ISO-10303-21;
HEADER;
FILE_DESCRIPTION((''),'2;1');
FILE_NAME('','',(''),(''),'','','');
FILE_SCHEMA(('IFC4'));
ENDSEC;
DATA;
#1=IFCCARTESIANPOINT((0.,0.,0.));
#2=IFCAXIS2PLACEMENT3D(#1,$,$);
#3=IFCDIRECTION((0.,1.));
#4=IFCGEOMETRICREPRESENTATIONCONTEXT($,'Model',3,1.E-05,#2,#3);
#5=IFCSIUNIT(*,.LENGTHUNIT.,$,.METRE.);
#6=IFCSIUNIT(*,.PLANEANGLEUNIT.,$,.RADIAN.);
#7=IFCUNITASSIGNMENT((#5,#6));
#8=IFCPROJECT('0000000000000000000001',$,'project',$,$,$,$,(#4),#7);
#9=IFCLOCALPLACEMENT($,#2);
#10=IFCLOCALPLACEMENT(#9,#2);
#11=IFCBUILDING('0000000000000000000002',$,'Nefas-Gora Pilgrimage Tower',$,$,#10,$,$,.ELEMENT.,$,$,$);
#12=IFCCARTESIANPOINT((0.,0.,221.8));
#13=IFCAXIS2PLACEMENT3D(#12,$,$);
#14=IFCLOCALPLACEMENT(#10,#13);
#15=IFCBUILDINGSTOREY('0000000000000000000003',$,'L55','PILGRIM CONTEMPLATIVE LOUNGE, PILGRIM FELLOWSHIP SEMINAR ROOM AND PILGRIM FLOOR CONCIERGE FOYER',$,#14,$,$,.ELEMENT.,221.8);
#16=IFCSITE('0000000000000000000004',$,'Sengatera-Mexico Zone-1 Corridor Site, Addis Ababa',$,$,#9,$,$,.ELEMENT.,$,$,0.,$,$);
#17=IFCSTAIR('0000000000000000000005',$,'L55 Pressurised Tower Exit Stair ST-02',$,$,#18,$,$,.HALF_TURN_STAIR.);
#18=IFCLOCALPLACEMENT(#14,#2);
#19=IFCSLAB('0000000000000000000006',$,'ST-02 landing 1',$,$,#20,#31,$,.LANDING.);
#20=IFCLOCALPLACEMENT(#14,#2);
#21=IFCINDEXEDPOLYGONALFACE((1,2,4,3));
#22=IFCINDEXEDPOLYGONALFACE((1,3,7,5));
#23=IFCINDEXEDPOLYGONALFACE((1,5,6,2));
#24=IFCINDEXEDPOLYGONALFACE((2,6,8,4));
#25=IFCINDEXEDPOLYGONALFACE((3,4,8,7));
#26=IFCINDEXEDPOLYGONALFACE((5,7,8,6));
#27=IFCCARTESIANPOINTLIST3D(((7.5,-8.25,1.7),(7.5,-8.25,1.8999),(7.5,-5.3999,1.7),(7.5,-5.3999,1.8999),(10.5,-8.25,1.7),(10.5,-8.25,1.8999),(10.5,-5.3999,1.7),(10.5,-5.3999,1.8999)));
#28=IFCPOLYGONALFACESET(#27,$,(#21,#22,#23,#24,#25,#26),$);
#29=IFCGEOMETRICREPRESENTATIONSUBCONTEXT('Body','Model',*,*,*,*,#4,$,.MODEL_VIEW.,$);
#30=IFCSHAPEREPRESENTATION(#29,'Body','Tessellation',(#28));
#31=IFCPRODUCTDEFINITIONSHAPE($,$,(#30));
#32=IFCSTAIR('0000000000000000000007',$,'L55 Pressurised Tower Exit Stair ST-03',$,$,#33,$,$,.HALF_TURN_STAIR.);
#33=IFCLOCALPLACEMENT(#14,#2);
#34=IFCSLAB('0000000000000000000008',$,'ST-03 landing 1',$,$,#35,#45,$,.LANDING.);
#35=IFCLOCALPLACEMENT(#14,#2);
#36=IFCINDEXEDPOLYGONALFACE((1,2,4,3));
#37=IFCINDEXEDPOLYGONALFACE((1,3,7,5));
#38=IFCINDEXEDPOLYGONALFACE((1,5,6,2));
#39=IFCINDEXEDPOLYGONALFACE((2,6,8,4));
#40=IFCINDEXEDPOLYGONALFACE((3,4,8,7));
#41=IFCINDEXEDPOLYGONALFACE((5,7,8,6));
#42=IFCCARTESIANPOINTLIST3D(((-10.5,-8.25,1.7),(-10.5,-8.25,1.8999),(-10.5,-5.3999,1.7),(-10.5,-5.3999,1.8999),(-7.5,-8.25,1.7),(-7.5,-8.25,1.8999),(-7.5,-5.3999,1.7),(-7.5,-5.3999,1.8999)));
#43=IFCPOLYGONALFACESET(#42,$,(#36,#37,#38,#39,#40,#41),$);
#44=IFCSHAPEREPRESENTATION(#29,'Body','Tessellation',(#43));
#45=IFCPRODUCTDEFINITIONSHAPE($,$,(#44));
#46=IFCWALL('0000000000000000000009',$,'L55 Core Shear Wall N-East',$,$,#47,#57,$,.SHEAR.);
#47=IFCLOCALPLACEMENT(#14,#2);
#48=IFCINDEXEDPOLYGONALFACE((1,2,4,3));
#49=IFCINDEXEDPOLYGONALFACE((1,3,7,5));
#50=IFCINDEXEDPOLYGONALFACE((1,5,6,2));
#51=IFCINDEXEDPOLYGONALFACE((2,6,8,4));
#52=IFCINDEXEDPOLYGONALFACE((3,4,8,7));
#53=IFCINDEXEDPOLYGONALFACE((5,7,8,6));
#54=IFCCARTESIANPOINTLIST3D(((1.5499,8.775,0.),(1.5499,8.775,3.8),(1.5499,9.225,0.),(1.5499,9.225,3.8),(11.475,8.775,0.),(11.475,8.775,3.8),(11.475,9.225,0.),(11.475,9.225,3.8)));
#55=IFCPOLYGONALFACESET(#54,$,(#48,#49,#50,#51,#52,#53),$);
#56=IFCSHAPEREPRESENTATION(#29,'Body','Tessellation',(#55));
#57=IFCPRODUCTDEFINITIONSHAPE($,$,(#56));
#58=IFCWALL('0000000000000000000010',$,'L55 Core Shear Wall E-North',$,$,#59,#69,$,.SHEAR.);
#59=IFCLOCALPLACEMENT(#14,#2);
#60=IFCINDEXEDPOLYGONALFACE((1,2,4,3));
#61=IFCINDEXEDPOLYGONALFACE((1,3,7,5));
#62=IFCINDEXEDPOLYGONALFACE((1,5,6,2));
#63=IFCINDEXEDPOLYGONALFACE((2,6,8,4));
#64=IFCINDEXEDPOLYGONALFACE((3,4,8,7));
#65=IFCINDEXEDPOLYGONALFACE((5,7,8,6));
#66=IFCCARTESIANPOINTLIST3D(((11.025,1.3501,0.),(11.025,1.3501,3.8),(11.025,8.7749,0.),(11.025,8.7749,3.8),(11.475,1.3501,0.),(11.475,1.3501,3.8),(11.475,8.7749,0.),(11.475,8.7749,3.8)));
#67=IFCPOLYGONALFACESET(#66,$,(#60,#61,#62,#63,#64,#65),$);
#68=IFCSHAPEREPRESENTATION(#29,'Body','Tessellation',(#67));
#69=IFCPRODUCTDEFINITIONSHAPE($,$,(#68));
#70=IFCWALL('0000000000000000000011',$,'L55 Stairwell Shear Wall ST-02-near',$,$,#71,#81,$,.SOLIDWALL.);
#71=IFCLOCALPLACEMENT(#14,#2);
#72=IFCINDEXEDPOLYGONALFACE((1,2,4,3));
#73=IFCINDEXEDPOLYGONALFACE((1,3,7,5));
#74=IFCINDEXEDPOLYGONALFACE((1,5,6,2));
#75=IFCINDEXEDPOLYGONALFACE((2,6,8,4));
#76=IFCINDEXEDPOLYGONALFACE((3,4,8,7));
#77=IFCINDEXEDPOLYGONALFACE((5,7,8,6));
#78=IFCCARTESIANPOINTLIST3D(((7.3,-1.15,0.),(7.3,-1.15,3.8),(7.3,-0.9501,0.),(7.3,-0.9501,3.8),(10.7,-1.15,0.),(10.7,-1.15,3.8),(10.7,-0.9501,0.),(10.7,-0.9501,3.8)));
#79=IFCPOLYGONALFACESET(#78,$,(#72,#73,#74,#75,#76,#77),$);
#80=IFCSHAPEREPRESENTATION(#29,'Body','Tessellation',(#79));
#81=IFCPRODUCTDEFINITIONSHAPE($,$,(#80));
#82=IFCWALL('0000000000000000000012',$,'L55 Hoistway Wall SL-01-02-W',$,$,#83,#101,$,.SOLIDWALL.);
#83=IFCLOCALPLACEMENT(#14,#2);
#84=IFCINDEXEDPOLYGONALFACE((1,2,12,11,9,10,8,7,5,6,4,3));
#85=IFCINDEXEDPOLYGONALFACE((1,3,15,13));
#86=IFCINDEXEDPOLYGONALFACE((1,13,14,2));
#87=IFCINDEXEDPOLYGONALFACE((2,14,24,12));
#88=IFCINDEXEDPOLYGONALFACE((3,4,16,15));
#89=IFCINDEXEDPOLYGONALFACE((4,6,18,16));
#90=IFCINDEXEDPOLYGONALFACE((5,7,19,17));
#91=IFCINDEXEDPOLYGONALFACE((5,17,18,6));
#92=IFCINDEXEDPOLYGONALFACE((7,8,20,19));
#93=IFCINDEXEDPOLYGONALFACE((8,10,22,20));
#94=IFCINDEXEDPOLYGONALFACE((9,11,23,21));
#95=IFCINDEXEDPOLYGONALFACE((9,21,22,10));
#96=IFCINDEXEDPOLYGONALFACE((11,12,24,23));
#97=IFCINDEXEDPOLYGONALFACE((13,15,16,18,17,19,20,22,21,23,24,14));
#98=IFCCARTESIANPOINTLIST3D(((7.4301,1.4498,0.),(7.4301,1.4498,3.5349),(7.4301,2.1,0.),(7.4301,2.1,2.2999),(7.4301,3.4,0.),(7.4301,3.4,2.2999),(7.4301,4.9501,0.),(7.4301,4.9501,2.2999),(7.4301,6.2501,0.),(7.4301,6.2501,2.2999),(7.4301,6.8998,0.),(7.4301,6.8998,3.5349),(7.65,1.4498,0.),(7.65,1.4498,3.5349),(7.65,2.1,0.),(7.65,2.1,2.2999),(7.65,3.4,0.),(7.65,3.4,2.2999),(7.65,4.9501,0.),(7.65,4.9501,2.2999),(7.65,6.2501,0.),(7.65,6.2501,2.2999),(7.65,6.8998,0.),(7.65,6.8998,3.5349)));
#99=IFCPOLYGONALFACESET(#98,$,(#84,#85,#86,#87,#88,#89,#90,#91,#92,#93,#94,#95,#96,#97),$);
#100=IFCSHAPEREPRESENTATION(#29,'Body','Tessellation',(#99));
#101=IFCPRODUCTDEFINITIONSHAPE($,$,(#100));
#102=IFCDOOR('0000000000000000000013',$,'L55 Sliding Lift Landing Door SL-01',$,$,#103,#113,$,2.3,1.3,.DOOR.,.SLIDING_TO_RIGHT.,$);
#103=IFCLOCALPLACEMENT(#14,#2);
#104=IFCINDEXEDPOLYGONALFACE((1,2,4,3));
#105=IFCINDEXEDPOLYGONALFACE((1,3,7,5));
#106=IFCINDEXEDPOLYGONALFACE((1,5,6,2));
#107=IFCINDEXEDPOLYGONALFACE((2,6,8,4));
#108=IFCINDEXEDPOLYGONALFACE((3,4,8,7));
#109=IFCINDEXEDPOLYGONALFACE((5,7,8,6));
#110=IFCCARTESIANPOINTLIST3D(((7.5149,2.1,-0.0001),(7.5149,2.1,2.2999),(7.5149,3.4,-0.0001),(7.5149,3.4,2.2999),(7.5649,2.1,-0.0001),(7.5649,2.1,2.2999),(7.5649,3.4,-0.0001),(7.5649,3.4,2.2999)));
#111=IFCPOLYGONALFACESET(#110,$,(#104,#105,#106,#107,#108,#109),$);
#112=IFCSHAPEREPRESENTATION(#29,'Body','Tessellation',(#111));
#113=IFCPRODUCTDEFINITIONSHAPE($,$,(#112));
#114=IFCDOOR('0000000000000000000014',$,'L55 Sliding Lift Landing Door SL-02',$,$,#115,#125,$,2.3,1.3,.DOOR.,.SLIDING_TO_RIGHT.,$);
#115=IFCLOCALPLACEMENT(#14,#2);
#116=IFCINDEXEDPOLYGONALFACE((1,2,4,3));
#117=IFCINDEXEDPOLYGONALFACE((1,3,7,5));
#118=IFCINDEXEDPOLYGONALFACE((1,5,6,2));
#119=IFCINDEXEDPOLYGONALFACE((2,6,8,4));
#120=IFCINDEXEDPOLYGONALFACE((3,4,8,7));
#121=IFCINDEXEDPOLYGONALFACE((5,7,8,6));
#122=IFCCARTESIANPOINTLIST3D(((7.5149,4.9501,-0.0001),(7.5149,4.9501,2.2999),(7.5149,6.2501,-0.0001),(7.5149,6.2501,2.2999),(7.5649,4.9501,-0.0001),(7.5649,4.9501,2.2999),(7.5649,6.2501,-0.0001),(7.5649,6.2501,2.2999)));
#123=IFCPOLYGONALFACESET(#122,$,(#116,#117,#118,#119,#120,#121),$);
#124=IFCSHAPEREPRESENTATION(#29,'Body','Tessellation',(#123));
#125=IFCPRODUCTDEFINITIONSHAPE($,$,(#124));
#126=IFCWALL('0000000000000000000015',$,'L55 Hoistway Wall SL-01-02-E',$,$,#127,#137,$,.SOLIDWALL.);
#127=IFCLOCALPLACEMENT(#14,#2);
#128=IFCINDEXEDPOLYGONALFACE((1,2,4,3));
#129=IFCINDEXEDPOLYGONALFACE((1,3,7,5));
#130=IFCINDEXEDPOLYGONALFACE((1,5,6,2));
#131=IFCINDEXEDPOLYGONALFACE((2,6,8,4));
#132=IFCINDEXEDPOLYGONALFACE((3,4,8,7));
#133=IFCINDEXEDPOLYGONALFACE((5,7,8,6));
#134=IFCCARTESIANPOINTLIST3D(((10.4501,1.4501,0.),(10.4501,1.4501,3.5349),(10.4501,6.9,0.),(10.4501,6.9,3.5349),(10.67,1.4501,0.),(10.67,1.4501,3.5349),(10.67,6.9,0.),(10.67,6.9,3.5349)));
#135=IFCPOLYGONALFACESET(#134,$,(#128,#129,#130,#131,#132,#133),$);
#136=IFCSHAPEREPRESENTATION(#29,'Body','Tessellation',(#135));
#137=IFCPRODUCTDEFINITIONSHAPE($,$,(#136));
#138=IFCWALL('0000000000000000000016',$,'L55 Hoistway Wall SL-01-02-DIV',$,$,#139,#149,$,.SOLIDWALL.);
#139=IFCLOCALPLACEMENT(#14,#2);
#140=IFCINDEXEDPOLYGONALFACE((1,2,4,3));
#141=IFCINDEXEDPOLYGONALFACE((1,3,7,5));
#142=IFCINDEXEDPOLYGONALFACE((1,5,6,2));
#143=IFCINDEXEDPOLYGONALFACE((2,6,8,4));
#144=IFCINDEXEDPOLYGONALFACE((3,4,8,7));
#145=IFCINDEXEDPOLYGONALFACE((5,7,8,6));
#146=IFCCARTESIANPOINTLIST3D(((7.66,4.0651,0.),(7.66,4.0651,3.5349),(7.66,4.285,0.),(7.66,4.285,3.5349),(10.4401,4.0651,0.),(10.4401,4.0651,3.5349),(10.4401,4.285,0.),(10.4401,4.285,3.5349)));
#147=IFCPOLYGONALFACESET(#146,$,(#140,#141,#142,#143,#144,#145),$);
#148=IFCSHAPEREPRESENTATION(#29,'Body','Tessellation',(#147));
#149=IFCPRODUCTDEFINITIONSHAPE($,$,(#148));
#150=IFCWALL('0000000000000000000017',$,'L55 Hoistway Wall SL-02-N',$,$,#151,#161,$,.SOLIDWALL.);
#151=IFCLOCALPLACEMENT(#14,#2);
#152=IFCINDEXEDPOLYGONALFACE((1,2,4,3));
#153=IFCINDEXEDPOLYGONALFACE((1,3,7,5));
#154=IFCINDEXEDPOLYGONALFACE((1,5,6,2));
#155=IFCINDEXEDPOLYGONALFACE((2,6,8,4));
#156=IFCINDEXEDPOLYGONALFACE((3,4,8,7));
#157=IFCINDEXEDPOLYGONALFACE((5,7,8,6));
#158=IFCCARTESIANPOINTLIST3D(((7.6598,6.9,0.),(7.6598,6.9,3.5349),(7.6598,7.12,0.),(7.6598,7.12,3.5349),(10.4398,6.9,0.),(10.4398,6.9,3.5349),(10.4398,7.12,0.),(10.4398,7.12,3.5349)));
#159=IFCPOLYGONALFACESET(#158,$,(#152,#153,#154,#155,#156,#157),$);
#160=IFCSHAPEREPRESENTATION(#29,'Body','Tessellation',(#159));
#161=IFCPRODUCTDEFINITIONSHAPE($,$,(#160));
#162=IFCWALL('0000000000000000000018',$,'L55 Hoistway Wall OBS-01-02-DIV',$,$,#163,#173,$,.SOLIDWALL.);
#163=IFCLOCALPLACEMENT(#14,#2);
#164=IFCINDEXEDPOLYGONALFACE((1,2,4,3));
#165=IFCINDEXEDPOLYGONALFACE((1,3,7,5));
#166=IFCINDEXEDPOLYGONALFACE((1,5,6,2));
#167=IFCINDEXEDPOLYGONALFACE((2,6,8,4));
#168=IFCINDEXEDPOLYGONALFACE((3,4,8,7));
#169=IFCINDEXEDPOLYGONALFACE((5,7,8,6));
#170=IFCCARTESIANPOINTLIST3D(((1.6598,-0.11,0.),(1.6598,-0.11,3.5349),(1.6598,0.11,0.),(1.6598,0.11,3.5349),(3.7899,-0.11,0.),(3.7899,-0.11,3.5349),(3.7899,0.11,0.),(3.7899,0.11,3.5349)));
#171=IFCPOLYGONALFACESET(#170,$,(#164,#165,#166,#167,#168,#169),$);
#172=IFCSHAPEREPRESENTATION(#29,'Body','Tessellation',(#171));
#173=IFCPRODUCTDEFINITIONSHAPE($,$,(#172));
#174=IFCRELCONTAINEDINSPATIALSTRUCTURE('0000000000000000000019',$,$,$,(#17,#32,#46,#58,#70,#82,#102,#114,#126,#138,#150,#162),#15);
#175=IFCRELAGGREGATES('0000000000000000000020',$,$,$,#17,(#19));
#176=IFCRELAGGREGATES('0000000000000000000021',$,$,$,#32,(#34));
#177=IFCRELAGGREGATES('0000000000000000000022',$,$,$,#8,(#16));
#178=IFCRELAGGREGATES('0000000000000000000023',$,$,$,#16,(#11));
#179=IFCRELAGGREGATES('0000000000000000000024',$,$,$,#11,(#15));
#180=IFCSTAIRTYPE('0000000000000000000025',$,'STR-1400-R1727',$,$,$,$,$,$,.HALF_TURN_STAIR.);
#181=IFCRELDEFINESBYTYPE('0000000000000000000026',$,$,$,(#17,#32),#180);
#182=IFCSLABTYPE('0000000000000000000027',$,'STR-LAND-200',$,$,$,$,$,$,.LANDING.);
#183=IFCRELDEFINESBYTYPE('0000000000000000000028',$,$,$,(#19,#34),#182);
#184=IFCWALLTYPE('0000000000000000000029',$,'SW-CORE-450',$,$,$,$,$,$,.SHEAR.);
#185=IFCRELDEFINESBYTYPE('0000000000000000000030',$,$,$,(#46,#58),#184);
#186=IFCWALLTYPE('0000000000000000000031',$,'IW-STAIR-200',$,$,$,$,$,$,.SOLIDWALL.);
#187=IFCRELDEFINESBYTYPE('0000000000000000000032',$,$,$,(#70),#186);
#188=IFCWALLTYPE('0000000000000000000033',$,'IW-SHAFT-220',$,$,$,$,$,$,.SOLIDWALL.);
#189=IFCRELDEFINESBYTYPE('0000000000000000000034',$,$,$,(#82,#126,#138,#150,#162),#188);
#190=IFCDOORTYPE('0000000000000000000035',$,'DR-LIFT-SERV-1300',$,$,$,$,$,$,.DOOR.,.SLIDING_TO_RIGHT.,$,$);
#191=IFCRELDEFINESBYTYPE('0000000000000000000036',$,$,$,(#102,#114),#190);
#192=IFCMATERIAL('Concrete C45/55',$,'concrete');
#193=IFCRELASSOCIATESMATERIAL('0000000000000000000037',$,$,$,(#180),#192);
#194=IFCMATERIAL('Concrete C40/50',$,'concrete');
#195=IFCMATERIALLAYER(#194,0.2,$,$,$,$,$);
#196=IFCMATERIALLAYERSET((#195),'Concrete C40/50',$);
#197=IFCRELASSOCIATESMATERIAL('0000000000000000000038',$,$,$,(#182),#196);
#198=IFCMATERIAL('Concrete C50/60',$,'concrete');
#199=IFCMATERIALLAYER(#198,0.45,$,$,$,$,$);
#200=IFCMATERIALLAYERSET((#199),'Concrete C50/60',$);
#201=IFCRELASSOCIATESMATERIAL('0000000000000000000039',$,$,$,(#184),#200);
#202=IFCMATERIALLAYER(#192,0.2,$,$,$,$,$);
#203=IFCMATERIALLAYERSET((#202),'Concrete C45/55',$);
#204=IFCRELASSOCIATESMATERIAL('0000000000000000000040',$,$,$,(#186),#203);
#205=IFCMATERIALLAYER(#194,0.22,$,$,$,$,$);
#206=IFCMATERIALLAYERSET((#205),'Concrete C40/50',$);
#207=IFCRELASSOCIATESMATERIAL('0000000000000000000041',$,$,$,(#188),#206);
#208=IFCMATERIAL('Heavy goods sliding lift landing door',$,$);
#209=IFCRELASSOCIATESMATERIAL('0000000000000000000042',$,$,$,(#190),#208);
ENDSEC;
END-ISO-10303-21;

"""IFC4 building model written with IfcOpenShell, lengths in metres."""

from ifc_helpers import new_model, si_unit, direction, frame, frame_2d, origin, place, context, subcontext, project, spatial, polyline, rectangle, outline, extrude, source, transform, mapped, material, layer, layer_set, type_object, element, fill, aggregate, save


model = new_model("IFC4")

# Units and contexts
model_context = context("Model", 3, precision=1e-05, world=origin(), true_north=direction((0.0, 1.0)))
body_context = subcontext(model_context, "Body", "Model", "MODEL_VIEW")
ifc_project = project(units=[si_unit("LENGTHUNIT", "METRE"), si_unit("PLANEANGLEUNIT", "RADIAN")], contexts=[model_context])

# Site, building, storey
site_placement = place(None, origin())
site = spatial("IfcSite", under=ifc_project, at=site_placement, Name="Sengatera-Mexico Zone-1 Corridor Site, Addis Ababa", CompositionType="ELEMENT", RefElevation=0.0)
building_placement = place(site_placement, origin())
building = spatial("IfcBuilding", under=site, at=building_placement, Name="Nefas-Gora Pilgrimage Tower", CompositionType="ELEMENT")
storey_placement = place(building_placement, frame((0.0, 0.0, 221.8)))
storey = spatial("IfcBuildingStorey", under=building, at=storey_placement, Name="L55", Description="PILGRIM CONTEMPLATIVE LOUNGE, PILGRIM FELLOWSHIP SEMINAR ROOM AND PILGRIM FLOOR CONCIERGE FOYER", CompositionType="ELEMENT", Elevation=221.8)

# Shared definitions
ifc_material_1 = material(Name="Concrete C40/50", Category="concrete")

# Stairs, slabs
ifc_material_2 = material(Name="Concrete C45/55", Category="concrete")
stair_type = type_object("IfcStairType", Name="STR-1400-R1727", PredefinedType="HALF_TURN_STAIR", material=ifc_material_2)
ifc_layer_1 = layer(ifc_material_1, 0.2)
ifc_layer_set_1 = layer_set([ifc_layer_1], Name="Concrete C40/50")
slab_type_1 = type_object("IfcSlabType", Name="STR-LAND-200", PredefinedType="LANDING", material=ifc_layer_set_1)
stair_1_placement = place(storey_placement, origin())
stair_1 = element("IfcStair", 1, at=stair_1_placement, inside=storey, type_object=stair_type, Name="L55 Pressurised Tower Exit Stair ST-02", PredefinedType="HALF_TURN_STAIR")
slab_1_placement = place(storey_placement, frame((0.0, 0.0, 1.7)))
slab_1 = element("IfcSlab", 2, at=slab_1_placement, type_object=slab_type_1, Name="ST-02 landing 1", PredefinedType="LANDING", context=body_context, shape_type="SweptSolid", body=[
    extrude(outline(polyline([(7.5, -5.3999), (7.5, -8.25), (10.5, -8.25), (10.5, -5.3999), (7.5, -5.3999)])), origin(), (0.0, 0.0, 1.0), 0.2),
])
aggregate(stair_1, [slab_1])
stair_2_placement = place(storey_placement, origin())
stair_2 = element("IfcStair", 3, at=stair_2_placement, inside=storey, type_object=stair_type, Name="L55 Pressurised Tower Exit Stair ST-03", PredefinedType="HALF_TURN_STAIR")
slab_2_placement = place(storey_placement, frame((0.0, 0.0, 1.7)))
slab_2 = element("IfcSlab", 4, at=slab_2_placement, type_object=slab_type_1, Name="ST-03 landing 1", PredefinedType="LANDING", context=body_context, shape_type="SweptSolid", body=[
    extrude(outline(polyline([(-10.5, -5.3999), (-10.5, -8.25), (-7.5, -8.25), (-7.5, -5.3999), (-10.5, -5.3999)])), origin(), (0.0, 0.0, 1.0), 0.2),
])
aggregate(stair_2, [slab_2])

# Walls
ifc_material_3 = material(Name="Concrete C50/60", Category="concrete")
ifc_layer_2 = layer(ifc_material_3, 0.45)
ifc_layer_set_2 = layer_set([ifc_layer_2], Name="Concrete C50/60")
wall_type_1 = type_object("IfcWallType", Name="SW-CORE-450", PredefinedType="SHEAR", material=ifc_layer_set_2)
shared_shape_1 = source(origin(), body_context, "Body", "SweptSolid", [
    extrude(rectangle(XDim=9.925, YDim=0.45, at=frame_2d((4.9624, 0.0))), origin(), (0.0, 0.0, 1.0), 3.8),
])
wall_1_placement = place(storey_placement, frame((1.55, 9.0, 0.0), z_axis=(0.0, 0.0, 1.0), x_axis=(1.0, 0.0, 0.0)))
element("IfcWall", 5, at=wall_1_placement, inside=storey, type_object=wall_type_1, Name="L55 Core Shear Wall N-East", PredefinedType="SHEAR", context=body_context, shape_type="MappedRepresentation", body=[
    mapped(shared_shape_1, transform((0.0, 0.0, 0.0), x_axis=(1.0, 0.0, 0.0), y_axis=(0.0, 1.0, 0.0), z_axis=(0.0, 0.0, 1.0), scale=1.0)),
])
shared_shape_2 = source(origin(), body_context, "Body", "SweptSolid", [
    extrude(rectangle(XDim=7.4248, YDim=0.45, at=frame_2d((3.7124, 0.0))), origin(), (0.0, 0.0, 1.0), 3.8),
])
wall_2_placement = place(storey_placement, frame((11.25, 1.3501, 0.0), z_axis=(0.0, 0.0, 1.0), x_axis=(0.0, 1.0, 0.0)))
element("IfcWall", 6, at=wall_2_placement, inside=storey, type_object=wall_type_1, Name="L55 Core Shear Wall E-North", PredefinedType="SHEAR", context=body_context, shape_type="MappedRepresentation", body=[
    mapped(shared_shape_2, transform((0.0, 0.0, 0.0), x_axis=(1.0, 0.0, 0.0), y_axis=(0.0, 1.0, 0.0), z_axis=(0.0, 0.0, 1.0), scale=1.0)),
])
ifc_layer_3 = layer(ifc_material_2, 0.2)
ifc_layer_set_3 = layer_set([ifc_layer_3], Name="Concrete C45/55")
wall_type_2 = type_object("IfcWallType", Name="IW-STAIR-200", PredefinedType="SOLIDWALL", material=ifc_layer_set_3)
shared_shape_3 = source(origin(), body_context, "Body", "SweptSolid", [
    extrude(rectangle(XDim=3.3999, YDim=0.2, at=frame_2d((1.7, 0.0))), origin(), (0.0, 0.0, 1.0), 3.8),
])
wall_3_placement = place(storey_placement, frame((7.3, -1.05, 0.0), z_axis=(0.0, 0.0, 1.0), x_axis=(1.0, 0.0, 0.0)))
element("IfcWall", 7, at=wall_3_placement, inside=storey, type_object=wall_type_2, Name="L55 Stairwell Shear Wall ST-02-near", PredefinedType="SOLIDWALL", context=body_context, shape_type="MappedRepresentation", body=[
    mapped(shared_shape_3, transform((0.0, 0.0, 0.0), x_axis=(1.0, 0.0, 0.0), y_axis=(0.0, 1.0, 0.0), z_axis=(0.0, 0.0, 1.0), scale=1.0)),
])

# Wall, openings, doors
ifc_layer_4 = layer(ifc_material_1, 0.22)
ifc_layer_set_4 = layer_set([ifc_layer_4], Name="Concrete C40/50")
wall_type_3 = type_object("IfcWallType", Name="IW-SHAFT-220", PredefinedType="SOLIDWALL", material=ifc_layer_set_4)
shared_shape_4 = source(origin(), body_context, "Body", "SweptSolid", [
    extrude(rectangle(XDim=5.45, YDim=0.22, at=frame_2d((2.7251, 0.0))), origin(), (0.0, 0.0, 1.0), 3.5349),
])
wall_4_placement = place(storey_placement, frame((7.54, 6.8999, 0.0), z_axis=(0.0, 0.0, 1.0), x_axis=(0.0, -1.0, 0.0)))
wall_4 = element("IfcWall", 8, at=wall_4_placement, inside=storey, type_object=wall_type_3, Name="L55 Hoistway Wall SL-01-02-W", PredefinedType="SOLIDWALL", context=body_context, shape_type="MappedRepresentation", body=[
    mapped(shared_shape_4, transform((0.0, 0.0, 0.0), x_axis=(1.0, 0.0, 0.0), y_axis=(0.0, 1.0, 0.0), z_axis=(0.0, 0.0, 1.0), scale=1.0)),
])
opening_1_placement = place(wall_4_placement, frame((3.5, 0.0, 0.0)))
opening_1 = element("IfcOpeningElement", 9, at=opening_1_placement, cuts=wall_4, PredefinedType="OPENING", context=body_context, shape_type="SweptSolid", body=[
    extrude(rectangle(XDim=1.3, YDim=2.3, at=frame_2d((0.6499, 1.1499))), frame((0.0, 0.1199, 0.0), z_axis=(0.0, -1.0, 0.0), x_axis=(1.0, 0.0, 0.0)), (0.0, 0.0, 1.0), 0.24),
])
opening_2_placement = place(wall_4_placement, frame((0.6499, 0.0, 0.0)))
opening_2 = element("IfcOpeningElement", 10, at=opening_2_placement, cuts=wall_4, PredefinedType="OPENING", context=body_context, shape_type="SweptSolid", body=[
    extrude(rectangle(XDim=1.3, YDim=2.3, at=frame_2d((0.6499, 1.1499))), frame((0.0, 0.1199, 0.0), z_axis=(0.0, -1.0, 0.0), x_axis=(1.0, 0.0, 0.0)), (0.0, 0.0, 1.0), 0.24),
])
ifc_material_4 = material(Name="Heavy goods sliding lift landing door")
door_type_1 = type_object("IfcDoorType", Name="DR-LIFT-SERV-1300", OperationType="SLIDING_TO_RIGHT", PredefinedType="DOOR", material=ifc_material_4)
shared_shape_5 = source(origin(), body_context, "Body", "SweptSolid", [
    extrude(rectangle(XDim=1.3, YDim=2.3, at=frame_2d((0.6499, 1.1499))), frame((0.0, 0.0249, 0.0), z_axis=(0.0, -1.0, 0.0), x_axis=(1.0, 0.0, 0.0)), (0.0, 0.0, 1.0), 0.05),
])
door_1_placement = place(opening_1_placement, origin())
door_1 = element("IfcDoor", 11, at=door_1_placement, inside=storey, type_object=door_type_1, Name="L55 Sliding Lift Landing Door SL-01", OperationType="SLIDING_TO_RIGHT", OverallHeight=2.3, OverallWidth=1.3, PredefinedType="DOOR", context=body_context, shape_type="MappedRepresentation", body=[
    mapped(shared_shape_5, transform((0.0, 0.0, 0.0), x_axis=(1.0, 0.0, 0.0), y_axis=(0.0, 1.0, 0.0), z_axis=(0.0, 0.0, 1.0), scale=1.0)),
])
fill(opening_1, door_1)
door_2_placement = place(opening_2_placement, origin())
door_2 = element("IfcDoor", 12, at=door_2_placement, inside=storey, type_object=door_type_1, Name="L55 Sliding Lift Landing Door SL-02", OperationType="SLIDING_TO_RIGHT", OverallHeight=2.3, OverallWidth=1.3, PredefinedType="DOOR", context=body_context, shape_type="MappedRepresentation", body=[
    mapped(shared_shape_5, transform((0.0, 0.0, 0.0), x_axis=(1.0, 0.0, 0.0), y_axis=(0.0, 1.0, 0.0), z_axis=(0.0, 0.0, 1.0), scale=1.0)),
])
fill(opening_2, door_2)

# Walls
wall_5_placement = place(storey_placement, frame((10.5601, 1.45, 0.0), z_axis=(0.0, 0.0, 1.0), x_axis=(0.0, 1.0, 0.0)))
element("IfcWall", 13, at=wall_5_placement, inside=storey, type_object=wall_type_3, Name="L55 Hoistway Wall SL-01-02-E", PredefinedType="SOLIDWALL", context=body_context, shape_type="MappedRepresentation", body=[
    mapped(shared_shape_4, transform((0.0, 0.0, 0.0), x_axis=(1.0, 0.0, 0.0), y_axis=(0.0, 1.0, 0.0), z_axis=(0.0, 0.0, 1.0), scale=1.0)),
])
shared_shape_6 = source(origin(), body_context, "Body", "SweptSolid", [
    extrude(rectangle(XDim=2.78, YDim=0.22, at=frame_2d((1.3901, 0.0))), origin(), (0.0, 0.0, 1.0), 3.5349),
])
for number, where, z_axis, x_axis, name in (
    (14, (7.6599, 4.175, 0.0), (0.0, 0.0, 1.0), (1.0, 0.0, 0.0), "L55 Hoistway Wall SL-01-02-DIV"),
    (15, (10.4399, 7.01, 0.0), (0.0, 0.0, 1.0), (-1.0, 0.0, 0.0), "L55 Hoistway Wall SL-02-N"),
):
    element("IfcWall", number, at=place(storey_placement, frame(where, z_axis=z_axis, x_axis=x_axis)), inside=storey, type_object=wall_type_3, Name=name, PredefinedType="SOLIDWALL", context=body_context, shape_type="MappedRepresentation", body=[
        mapped(shared_shape_6, transform((0.0, 0.0, 0.0), x_axis=(1.0, 0.0, 0.0), y_axis=(0.0, 1.0, 0.0), z_axis=(0.0, 0.0, 1.0), scale=1.0)),
    ])
shared_shape_7 = source(origin(), body_context, "Body", "SweptSolid", [
    extrude(rectangle(XDim=2.1301, YDim=0.22, at=frame_2d((1.0649, 0.0))), origin(), (0.0, 0.0, 1.0), 3.5349),
])
for number, where, z_axis, x_axis, name in (
    (16, (1.6599, 0.0, 0.0), (0.0, 0.0, 1.0), (1.0, 0.0, 0.0), "L55 Hoistway Wall OBS-01-02-DIV"),
):
    element("IfcWall", number, at=place(storey_placement, frame(where, z_axis=z_axis, x_axis=x_axis)), inside=storey, type_object=wall_type_3, Name=name, PredefinedType="SOLIDWALL", context=body_context, shape_type="MappedRepresentation", body=[
        mapped(shared_shape_7, transform((0.0, 0.0, 0.0), x_axis=(1.0, 0.0, 0.0), y_axis=(0.0, 1.0, 0.0), z_axis=(0.0, 0.0, 1.0), scale=1.0)),
    ])

save(model, "model.ifc")
